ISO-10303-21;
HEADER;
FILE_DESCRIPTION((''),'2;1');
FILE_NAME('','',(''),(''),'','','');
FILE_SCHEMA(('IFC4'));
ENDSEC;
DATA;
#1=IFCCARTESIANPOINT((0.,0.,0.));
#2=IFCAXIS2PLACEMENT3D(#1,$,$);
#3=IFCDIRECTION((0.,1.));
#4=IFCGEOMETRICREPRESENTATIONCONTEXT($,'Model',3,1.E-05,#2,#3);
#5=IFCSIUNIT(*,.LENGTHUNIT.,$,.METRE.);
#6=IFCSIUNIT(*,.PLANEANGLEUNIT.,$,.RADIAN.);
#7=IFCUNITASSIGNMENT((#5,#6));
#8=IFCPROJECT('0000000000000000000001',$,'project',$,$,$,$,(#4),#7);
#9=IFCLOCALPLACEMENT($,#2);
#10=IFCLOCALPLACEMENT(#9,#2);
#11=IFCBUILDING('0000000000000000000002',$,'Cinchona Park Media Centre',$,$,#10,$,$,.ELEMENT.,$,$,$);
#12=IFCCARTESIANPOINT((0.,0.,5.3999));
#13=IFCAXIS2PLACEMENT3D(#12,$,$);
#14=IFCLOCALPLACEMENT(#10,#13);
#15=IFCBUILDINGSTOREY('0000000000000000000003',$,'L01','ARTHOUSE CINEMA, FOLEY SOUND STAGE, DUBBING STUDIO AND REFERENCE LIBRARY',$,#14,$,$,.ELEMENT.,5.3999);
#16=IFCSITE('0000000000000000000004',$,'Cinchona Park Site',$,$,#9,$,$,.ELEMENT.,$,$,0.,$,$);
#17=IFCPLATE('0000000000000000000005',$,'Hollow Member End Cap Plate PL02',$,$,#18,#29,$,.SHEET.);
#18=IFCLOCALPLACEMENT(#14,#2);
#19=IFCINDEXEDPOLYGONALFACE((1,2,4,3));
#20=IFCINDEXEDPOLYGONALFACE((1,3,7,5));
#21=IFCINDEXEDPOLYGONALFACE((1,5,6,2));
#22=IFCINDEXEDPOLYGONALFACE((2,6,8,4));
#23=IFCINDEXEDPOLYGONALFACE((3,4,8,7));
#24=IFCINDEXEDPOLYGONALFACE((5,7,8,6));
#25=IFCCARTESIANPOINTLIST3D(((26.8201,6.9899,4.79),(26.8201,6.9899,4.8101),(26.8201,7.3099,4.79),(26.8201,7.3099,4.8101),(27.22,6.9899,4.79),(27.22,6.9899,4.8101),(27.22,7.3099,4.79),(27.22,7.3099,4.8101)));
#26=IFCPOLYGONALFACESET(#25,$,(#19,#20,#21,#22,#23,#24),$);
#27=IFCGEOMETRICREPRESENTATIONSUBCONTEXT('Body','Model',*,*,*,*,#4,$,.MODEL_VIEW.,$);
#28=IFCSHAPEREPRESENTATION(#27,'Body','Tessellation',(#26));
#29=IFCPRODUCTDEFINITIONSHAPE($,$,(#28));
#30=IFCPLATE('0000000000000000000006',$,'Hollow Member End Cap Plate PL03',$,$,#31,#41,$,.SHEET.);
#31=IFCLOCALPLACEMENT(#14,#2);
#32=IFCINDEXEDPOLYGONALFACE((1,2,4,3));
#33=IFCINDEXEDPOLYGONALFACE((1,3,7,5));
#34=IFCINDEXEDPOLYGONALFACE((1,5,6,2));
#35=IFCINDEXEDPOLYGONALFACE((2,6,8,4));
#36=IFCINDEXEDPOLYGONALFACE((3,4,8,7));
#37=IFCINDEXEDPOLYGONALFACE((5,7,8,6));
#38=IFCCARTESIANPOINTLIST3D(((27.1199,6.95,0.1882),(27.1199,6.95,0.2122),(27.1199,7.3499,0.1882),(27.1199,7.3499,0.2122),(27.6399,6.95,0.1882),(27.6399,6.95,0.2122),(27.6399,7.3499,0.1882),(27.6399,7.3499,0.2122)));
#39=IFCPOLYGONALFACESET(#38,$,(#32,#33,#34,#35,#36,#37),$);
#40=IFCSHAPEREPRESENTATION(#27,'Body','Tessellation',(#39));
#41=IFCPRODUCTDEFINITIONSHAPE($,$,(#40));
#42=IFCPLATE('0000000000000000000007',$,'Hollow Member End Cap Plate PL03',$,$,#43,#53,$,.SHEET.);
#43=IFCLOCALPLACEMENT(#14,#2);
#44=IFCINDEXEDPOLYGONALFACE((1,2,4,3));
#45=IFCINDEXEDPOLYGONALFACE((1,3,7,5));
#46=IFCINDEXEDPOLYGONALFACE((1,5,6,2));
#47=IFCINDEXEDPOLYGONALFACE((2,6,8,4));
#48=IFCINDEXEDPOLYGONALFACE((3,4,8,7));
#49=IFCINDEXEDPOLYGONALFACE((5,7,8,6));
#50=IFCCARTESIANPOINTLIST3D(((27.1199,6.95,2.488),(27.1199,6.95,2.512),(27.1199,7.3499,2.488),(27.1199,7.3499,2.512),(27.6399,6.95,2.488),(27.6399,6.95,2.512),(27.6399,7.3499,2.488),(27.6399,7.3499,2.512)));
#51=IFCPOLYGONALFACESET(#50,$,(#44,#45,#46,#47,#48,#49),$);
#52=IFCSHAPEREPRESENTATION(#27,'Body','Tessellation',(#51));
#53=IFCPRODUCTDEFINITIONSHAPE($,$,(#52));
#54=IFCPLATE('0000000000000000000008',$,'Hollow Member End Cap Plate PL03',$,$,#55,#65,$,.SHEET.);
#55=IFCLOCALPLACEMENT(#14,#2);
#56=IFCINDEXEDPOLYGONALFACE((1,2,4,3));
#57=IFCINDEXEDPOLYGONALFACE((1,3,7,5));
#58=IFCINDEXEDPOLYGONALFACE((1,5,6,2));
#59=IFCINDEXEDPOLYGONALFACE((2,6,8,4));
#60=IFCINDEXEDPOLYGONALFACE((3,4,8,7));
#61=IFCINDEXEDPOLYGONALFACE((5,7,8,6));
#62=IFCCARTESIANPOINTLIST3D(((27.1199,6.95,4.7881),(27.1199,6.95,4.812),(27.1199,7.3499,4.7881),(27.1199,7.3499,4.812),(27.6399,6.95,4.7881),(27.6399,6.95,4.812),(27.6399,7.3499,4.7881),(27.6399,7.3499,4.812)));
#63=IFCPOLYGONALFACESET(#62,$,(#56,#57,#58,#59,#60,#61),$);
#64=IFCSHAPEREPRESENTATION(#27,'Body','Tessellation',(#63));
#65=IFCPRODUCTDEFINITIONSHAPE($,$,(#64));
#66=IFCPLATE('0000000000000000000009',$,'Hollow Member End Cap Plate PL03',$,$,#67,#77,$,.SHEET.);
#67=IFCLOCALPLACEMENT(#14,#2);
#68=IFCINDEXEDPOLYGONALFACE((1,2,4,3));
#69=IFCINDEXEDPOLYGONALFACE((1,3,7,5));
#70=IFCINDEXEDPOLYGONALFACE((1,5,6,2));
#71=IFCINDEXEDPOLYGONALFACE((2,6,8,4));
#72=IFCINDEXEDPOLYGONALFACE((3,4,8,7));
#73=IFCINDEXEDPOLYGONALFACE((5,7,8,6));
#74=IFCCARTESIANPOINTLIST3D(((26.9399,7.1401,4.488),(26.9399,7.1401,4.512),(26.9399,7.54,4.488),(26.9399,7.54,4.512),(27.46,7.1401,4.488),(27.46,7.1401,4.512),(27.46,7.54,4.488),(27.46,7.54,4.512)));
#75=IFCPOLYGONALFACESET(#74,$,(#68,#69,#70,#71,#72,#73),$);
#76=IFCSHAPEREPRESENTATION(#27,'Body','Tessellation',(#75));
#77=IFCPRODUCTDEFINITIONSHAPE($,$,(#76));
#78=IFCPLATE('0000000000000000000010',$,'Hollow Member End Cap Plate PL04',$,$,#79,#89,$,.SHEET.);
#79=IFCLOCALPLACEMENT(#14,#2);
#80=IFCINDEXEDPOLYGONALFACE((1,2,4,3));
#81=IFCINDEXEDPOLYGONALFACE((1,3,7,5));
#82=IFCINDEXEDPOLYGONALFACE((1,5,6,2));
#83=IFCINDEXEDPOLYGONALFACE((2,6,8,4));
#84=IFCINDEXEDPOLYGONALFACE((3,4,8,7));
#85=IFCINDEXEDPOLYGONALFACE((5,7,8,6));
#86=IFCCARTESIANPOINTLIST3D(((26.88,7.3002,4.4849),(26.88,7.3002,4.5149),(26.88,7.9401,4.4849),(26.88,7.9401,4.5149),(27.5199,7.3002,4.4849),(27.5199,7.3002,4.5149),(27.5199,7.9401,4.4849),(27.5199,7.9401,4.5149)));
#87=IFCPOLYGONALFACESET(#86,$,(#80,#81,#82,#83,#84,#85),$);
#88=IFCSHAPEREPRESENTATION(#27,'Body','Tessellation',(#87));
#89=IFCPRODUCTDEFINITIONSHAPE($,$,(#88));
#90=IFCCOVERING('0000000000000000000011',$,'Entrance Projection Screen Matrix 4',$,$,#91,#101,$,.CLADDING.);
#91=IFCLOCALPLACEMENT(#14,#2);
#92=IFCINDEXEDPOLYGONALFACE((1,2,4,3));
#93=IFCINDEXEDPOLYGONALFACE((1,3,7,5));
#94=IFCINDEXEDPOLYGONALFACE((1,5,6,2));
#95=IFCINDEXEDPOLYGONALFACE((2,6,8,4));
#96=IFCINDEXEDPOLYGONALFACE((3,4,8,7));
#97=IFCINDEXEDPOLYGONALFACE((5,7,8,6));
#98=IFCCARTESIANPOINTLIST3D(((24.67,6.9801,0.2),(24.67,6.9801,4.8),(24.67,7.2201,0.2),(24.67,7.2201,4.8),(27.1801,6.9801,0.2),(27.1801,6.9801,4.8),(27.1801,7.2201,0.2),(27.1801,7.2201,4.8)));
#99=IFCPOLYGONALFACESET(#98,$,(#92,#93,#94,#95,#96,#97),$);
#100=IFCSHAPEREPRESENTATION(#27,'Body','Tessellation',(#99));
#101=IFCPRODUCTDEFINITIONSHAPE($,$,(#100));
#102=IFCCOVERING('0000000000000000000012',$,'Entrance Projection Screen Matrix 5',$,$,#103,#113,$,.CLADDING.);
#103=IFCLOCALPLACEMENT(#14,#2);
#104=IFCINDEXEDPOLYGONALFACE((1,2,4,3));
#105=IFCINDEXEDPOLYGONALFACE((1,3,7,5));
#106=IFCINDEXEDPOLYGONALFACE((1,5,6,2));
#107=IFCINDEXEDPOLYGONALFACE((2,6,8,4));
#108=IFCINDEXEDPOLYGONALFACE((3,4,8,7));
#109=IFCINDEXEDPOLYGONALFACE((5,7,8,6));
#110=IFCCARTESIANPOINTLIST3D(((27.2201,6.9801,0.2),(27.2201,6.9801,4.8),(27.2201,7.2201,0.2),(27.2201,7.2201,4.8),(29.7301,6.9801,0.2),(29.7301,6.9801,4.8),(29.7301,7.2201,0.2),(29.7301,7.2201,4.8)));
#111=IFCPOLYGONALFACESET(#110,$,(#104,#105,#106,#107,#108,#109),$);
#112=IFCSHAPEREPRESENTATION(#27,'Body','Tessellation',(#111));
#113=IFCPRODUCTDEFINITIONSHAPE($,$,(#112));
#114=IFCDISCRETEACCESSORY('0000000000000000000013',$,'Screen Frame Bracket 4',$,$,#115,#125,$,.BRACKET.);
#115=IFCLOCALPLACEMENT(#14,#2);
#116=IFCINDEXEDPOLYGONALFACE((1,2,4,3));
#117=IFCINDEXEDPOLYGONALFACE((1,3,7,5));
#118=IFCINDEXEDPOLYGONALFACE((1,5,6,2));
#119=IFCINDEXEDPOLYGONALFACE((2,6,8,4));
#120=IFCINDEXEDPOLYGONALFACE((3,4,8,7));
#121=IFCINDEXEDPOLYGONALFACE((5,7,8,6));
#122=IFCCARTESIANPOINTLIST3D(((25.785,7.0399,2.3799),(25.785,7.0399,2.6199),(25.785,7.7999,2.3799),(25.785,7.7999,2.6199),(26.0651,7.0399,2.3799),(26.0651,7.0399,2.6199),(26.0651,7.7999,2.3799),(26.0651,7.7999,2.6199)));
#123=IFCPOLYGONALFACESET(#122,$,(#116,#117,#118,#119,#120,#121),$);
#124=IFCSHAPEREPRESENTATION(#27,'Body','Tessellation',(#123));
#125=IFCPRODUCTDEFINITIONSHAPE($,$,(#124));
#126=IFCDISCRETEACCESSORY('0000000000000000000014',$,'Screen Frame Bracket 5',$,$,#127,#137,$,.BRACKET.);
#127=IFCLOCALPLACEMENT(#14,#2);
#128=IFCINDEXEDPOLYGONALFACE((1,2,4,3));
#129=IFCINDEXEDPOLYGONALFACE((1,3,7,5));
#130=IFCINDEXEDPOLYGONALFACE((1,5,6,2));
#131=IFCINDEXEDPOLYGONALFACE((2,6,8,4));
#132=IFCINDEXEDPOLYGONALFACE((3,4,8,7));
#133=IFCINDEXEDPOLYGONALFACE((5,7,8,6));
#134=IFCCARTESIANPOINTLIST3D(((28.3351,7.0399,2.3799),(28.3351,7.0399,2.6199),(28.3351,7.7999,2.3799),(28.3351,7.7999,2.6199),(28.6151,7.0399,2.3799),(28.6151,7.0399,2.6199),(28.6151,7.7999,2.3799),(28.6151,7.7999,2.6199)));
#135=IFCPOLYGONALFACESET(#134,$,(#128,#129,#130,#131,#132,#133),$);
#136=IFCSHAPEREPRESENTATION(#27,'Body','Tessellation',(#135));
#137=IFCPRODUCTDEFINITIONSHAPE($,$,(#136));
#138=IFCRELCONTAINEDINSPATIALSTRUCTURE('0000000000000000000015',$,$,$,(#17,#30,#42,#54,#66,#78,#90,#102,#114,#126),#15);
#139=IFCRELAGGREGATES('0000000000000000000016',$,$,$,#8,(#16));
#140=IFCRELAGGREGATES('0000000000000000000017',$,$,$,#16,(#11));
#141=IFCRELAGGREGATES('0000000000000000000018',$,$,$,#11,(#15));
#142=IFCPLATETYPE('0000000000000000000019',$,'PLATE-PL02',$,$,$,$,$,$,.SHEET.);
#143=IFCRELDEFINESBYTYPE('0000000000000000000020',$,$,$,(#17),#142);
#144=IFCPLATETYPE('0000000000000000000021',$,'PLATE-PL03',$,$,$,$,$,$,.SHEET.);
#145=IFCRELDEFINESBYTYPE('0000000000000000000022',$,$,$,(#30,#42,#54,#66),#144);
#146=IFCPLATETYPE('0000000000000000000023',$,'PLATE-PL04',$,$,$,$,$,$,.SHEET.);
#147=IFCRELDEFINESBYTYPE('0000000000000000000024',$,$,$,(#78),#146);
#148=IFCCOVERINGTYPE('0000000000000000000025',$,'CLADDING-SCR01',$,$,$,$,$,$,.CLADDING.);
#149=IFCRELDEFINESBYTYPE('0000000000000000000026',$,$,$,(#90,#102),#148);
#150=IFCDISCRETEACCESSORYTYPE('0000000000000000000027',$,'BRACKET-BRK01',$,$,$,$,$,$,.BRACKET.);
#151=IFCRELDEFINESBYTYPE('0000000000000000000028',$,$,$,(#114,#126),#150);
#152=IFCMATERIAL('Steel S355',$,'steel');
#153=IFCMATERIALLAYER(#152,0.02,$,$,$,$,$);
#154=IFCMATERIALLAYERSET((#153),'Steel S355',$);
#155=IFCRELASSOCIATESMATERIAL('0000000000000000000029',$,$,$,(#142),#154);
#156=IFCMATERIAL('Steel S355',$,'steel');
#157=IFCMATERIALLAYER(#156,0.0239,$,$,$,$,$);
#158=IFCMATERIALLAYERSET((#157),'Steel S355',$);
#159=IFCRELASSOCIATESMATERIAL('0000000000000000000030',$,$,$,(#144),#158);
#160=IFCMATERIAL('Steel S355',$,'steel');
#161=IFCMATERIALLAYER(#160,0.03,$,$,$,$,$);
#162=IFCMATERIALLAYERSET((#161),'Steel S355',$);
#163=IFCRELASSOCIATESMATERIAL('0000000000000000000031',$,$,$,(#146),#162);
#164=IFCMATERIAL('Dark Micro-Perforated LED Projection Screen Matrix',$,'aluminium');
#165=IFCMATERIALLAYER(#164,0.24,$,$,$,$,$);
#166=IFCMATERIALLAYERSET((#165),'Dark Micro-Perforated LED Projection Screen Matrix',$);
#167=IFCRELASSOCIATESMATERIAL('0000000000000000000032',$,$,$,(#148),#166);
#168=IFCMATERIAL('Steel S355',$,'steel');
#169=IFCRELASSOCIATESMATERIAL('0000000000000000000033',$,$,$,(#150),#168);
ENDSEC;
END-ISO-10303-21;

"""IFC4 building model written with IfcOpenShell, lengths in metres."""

from ifc_helpers import new_model, si_unit, direction, frame, origin, origin_2d, place, context, subcontext, project, spatial, rectangle, extrude, material, layer, layer_set, type_object, element, save


model = new_model("IFC4")

# Units and contexts
model_context = context("Model", 3, precision=1e-05, world=origin(), true_north=direction((0.0, 1.0)))
body_context = subcontext(model_context, "Body", "Model", "MODEL_VIEW")
ifc_project = project(units=[si_unit("LENGTHUNIT", "METRE"), si_unit("PLANEANGLEUNIT", "RADIAN")], contexts=[model_context])

# Site, building, storey
site_placement = place(None, origin())
site = spatial("IfcSite", under=ifc_project, at=site_placement, Name="Cinchona Park Site", CompositionType="ELEMENT", RefElevation=0.0)
building_placement = place(site_placement, origin())
building = spatial("IfcBuilding", under=site, at=building_placement, Name="Cinchona Park Media Centre", CompositionType="ELEMENT")
storey_placement = place(building_placement, frame((0.0, 0.0, 5.3999)))
storey = spatial("IfcBuildingStorey", under=building, at=storey_placement, Name="L01", Description="ARTHOUSE CINEMA, FOLEY SOUND STAGE, DUBBING STUDIO AND REFERENCE LIBRARY", CompositionType="ELEMENT", Elevation=5.3999)

# Plates
ifc_material_1 = material(Name="Steel S355", Category="steel")
ifc_layer_1 = layer(ifc_material_1, 0.02)
ifc_layer_set_1 = layer_set([ifc_layer_1], Name="Steel S355")
plate_type_1 = type_object("IfcPlateType", Name="PLATE-PL02", PredefinedType="SHEET", material=ifc_layer_set_1)
for number, where, z_axis, x_axis, name in (
    (1, (27.02, 7.1499, 4.79), (0.0, 0.0, 1.0), (1.0, 0.0, 0.0), "Hollow Member End Cap Plate PL02"),
):
    element("IfcPlate", number, at=place(storey_placement, frame(where, z_axis=z_axis, x_axis=x_axis)), inside=storey, type_object=plate_type_1, Name=name, PredefinedType="SHEET", context=body_context, shape_type="SweptSolid", body=[
        extrude(rectangle(XDim=0.3999, YDim=0.3201, at=origin_2d()), origin(), (0.0, 0.0, 1.0), 0.02),
    ])
ifc_material_2 = material(Name="Steel S355", Category="steel")
ifc_layer_2 = layer(ifc_material_2, 0.0239)
ifc_layer_set_2 = layer_set([ifc_layer_2], Name="Steel S355")
plate_type_2 = type_object("IfcPlateType", Name="PLATE-PL03", PredefinedType="SHEET", material=ifc_layer_set_2)
for number, where, z_axis, x_axis, name in (
    (2, (27.3799, 7.1499, 0.1882), (0.0, 0.0, 1.0), (1.0, 0.0, 0.0), "Hollow Member End Cap Plate PL03"),
    (3, (27.3799, 7.1499, 2.488), (0.0, 0.0, 1.0), (1.0, 0.0, 0.0), "Hollow Member End Cap Plate PL03"),
    (4, (27.3799, 7.1499, 4.7881), (0.0, 0.0, 1.0), (1.0, 0.0, 0.0), "Hollow Member End Cap Plate PL03"),
    (5, (27.2, 7.3401, 4.488), (0.0, 0.0, 1.0), (1.0, 0.0, 0.0), "Hollow Member End Cap Plate PL03"),
):
    element("IfcPlate", number, at=place(storey_placement, frame(where, z_axis=z_axis, x_axis=x_axis)), inside=storey, type_object=plate_type_2, Name=name, PredefinedType="SHEET", context=body_context, shape_type="SweptSolid", body=[
        extrude(rectangle(XDim=0.52, YDim=0.3999, at=origin_2d()), origin(), (0.0, 0.0, 1.0), 0.0239),
    ])
ifc_material_3 = material(Name="Steel S355", Category="steel")
ifc_layer_3 = layer(ifc_material_3, 0.03)
ifc_layer_set_3 = layer_set([ifc_layer_3], Name="Steel S355")
plate_type_3 = type_object("IfcPlateType", Name="PLATE-PL04", PredefinedType="SHEET", material=ifc_layer_set_3)
plate_1_placement = place(storey_placement, frame((27.2, 7.6201, 4.4849), z_axis=(0.0, 0.0, 1.0), x_axis=(1.0, 0.0, 0.0)))
element("IfcPlate", 6, at=plate_1_placement, inside=storey, type_object=plate_type_3, Name="Hollow Member End Cap Plate PL04", PredefinedType="SHEET", context=body_context, shape_type="SweptSolid", body=[
    extrude(rectangle(XDim=0.6399, YDim=0.6399, at=origin_2d()), origin(), (0.0, 0.0, 1.0), 0.03),
])

# Coverings
ifc_material_4 = material(Name="Dark Micro-Perforated LED Projection Screen Matrix", Category="aluminium")
ifc_layer_4 = layer(ifc_material_4, 0.24)
ifc_layer_set_4 = layer_set([ifc_layer_4], Name="Dark Micro-Perforated LED Projection Screen Matrix")
covering_type = type_object("IfcCoveringType", Name="CLADDING-SCR01", PredefinedType="CLADDING", material=ifc_layer_set_4)
for number, where, z_axis, x_axis, name in (
    (7, (25.925, 7.1001, 0.2), (0.0, 0.0, 1.0), (1.0, 0.0, 0.0), "Entrance Projection Screen Matrix 4"),
    (8, (28.4751, 7.1001, 0.2), (0.0, 0.0, 1.0), (1.0, 0.0, 0.0), "Entrance Projection Screen Matrix 5"),
):
    element("IfcCovering", number, at=place(storey_placement, frame(where, z_axis=z_axis, x_axis=x_axis)), inside=storey, type_object=covering_type, Name=name, PredefinedType="CLADDING", context=body_context, shape_type="SweptSolid", body=[
        extrude(rectangle(XDim=2.51, YDim=0.24, at=origin_2d()), origin(), (0.0, 0.0, 1.0), 4.6001),
    ])

# Discrete accessories
ifc_material_5 = material(Name="Steel S355", Category="steel")
discrete_accessory_type = type_object("IfcDiscreteAccessoryType", Name="BRACKET-BRK01", PredefinedType="BRACKET", material=ifc_material_5)
for number, where, z_axis, x_axis, name in (
    (9, (25.925, 7.4199, 2.3799), (0.0, 0.0, 1.0), (1.0, 0.0, 0.0), "Screen Frame Bracket 4"),
    (10, (28.4751, 7.4199, 2.3799), (0.0, 0.0, 1.0), (1.0, 0.0, 0.0), "Screen Frame Bracket 5"),
):
    element("IfcDiscreteAccessory", number, at=place(storey_placement, frame(where, z_axis=z_axis, x_axis=x_axis)), inside=storey, type_object=discrete_accessory_type, Name=name, PredefinedType="BRACKET", context=body_context, shape_type="SweptSolid", body=[
        extrude(rectangle(XDim=0.28, YDim=0.76, at=origin_2d()), origin(), (0.0, 0.0, 1.0), 0.24),
    ])

save(model, "model.ifc")
